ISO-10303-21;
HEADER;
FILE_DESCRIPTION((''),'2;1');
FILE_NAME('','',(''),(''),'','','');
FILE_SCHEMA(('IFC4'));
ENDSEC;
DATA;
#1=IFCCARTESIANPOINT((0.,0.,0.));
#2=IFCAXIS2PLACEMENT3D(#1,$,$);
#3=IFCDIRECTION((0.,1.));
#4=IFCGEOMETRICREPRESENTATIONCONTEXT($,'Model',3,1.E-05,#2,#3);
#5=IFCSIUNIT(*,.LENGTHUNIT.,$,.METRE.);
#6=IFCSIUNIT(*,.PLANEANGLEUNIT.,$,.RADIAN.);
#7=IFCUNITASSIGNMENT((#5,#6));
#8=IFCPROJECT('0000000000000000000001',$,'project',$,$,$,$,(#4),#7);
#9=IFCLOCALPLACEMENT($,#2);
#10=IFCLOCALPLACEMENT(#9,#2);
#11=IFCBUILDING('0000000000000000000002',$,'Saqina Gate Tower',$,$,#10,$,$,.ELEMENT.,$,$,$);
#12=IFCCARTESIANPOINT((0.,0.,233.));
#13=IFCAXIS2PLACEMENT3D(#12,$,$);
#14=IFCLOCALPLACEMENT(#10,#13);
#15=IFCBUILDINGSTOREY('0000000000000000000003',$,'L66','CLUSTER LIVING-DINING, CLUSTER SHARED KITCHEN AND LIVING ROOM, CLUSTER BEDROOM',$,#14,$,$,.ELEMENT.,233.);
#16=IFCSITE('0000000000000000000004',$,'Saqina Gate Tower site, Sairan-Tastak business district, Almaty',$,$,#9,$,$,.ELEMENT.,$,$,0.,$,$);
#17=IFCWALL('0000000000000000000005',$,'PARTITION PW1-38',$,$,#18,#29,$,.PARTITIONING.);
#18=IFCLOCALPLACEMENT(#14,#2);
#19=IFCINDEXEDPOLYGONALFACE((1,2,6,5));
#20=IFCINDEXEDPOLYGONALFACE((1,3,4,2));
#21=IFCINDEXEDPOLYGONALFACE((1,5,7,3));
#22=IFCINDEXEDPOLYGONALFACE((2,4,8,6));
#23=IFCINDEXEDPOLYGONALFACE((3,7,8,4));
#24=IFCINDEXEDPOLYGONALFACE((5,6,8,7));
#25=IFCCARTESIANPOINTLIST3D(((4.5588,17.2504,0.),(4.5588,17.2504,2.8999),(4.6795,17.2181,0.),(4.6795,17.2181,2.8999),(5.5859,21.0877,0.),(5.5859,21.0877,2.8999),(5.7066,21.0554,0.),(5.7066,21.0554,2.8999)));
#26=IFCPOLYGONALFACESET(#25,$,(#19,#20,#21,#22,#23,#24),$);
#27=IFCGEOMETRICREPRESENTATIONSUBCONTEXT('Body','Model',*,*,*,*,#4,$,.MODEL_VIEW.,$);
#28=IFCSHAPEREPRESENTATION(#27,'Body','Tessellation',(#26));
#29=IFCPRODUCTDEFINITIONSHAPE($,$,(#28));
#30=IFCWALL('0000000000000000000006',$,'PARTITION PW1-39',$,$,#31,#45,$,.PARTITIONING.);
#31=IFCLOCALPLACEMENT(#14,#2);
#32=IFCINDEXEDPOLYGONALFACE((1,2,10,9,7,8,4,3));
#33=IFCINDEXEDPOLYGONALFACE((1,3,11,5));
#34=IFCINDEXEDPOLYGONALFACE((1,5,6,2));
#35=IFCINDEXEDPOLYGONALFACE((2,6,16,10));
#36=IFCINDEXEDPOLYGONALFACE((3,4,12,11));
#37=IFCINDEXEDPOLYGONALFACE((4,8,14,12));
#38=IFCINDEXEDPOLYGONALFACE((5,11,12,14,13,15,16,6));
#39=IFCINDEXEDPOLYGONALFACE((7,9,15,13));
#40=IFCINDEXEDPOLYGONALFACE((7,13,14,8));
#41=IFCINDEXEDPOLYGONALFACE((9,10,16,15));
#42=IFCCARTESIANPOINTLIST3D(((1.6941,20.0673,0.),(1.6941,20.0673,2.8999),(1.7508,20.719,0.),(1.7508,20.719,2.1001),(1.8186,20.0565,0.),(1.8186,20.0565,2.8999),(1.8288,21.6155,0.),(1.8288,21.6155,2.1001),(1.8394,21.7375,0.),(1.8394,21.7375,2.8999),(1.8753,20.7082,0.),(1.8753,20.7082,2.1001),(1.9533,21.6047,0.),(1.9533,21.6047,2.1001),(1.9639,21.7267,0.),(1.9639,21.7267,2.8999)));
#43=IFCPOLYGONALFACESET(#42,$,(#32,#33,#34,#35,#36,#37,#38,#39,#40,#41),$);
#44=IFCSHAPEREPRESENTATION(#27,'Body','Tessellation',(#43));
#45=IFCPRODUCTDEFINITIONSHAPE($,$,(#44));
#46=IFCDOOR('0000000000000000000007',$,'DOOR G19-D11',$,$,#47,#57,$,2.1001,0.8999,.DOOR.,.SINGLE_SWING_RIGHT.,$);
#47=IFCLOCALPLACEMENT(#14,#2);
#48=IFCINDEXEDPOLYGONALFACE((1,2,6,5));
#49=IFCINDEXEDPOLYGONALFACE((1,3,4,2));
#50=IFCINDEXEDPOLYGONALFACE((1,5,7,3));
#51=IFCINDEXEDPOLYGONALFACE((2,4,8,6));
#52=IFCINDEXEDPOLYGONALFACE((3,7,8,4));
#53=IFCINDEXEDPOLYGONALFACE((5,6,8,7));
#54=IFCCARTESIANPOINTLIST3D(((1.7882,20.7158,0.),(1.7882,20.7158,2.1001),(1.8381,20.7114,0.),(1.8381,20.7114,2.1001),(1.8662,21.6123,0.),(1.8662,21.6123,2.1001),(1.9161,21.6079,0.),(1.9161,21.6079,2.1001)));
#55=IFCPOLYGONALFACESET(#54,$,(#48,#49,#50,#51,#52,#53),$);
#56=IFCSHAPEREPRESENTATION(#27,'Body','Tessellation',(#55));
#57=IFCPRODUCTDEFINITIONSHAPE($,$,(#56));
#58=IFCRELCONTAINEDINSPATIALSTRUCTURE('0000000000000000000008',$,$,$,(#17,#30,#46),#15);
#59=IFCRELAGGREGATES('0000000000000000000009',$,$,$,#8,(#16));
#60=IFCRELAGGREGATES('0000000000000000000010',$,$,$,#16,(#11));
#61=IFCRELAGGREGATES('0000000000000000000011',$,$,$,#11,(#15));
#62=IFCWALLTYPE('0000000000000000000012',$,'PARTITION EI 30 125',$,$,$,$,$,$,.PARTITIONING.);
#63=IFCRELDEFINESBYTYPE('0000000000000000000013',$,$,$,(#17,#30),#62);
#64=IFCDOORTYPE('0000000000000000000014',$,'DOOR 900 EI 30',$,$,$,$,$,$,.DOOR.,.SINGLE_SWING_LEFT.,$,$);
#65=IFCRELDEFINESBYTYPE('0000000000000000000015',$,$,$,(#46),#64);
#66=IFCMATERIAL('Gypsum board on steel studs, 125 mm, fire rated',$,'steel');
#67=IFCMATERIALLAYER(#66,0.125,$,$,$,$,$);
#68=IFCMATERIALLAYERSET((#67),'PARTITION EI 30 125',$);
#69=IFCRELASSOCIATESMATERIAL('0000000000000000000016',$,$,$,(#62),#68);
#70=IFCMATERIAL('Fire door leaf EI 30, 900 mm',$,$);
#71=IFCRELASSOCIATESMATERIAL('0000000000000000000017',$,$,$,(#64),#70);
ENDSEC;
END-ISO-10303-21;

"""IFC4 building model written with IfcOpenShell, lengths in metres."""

from ifc_helpers import new_model, si_unit, direction, frame, frame_2d, origin, place, context, subcontext, project, spatial, rectangle, extrude, material, layer, layer_set, type_object, element, fill, save


model = new_model("IFC4")

# Units and contexts
model_context = context("Model", 3, precision=1e-05, world=origin(), true_north=direction((0.0, 1.0)))
body_context = subcontext(model_context, "Body", "Model", "MODEL_VIEW")
ifc_project = project(units=[si_unit("LENGTHUNIT", "METRE"), si_unit("PLANEANGLEUNIT", "RADIAN")], contexts=[model_context])

# Site, building, storey
site_placement = place(None, origin())
site = spatial("IfcSite", under=ifc_project, at=site_placement, Name="Saqina Gate Tower site, Sairan-Tastak business district, Almaty", CompositionType="ELEMENT", RefElevation=0.0)
building_placement = place(site_placement, origin())
building = spatial("IfcBuilding", under=site, at=building_placement, Name="Saqina Gate Tower", CompositionType="ELEMENT")
storey_placement = place(building_placement, frame((0.0, 0.0, 233.0)))
storey = spatial("IfcBuildingStorey", under=building, at=storey_placement, Name="L66", Description="CLUSTER LIVING-DINING, CLUSTER SHARED KITCHEN AND LIVING ROOM, CLUSTER BEDROOM", CompositionType="ELEMENT", Elevation=233.0)

# Wall
ifc_material_1 = material(Name="Gypsum board on steel studs, 125 mm, fire rated", Category="steel")
ifc_layer_1 = layer(ifc_material_1, 0.125)
ifc_layer_set_1 = layer_set([ifc_layer_1], Name="PARTITION EI 30 125")
wall_type_1 = type_object("IfcWallType", Name="PARTITION EI 30 125", PredefinedType="PARTITIONING", material=ifc_layer_set_1)
wall_1_placement = place(storey_placement, frame((4.6191, 17.2341, 0.0), z_axis=(0.0, 0.0, 1.0), x_axis=(0.258554, 0.965997, 0.0)))
element("IfcWall", 1, at=wall_1_placement, inside=storey, type_object=wall_type_1, Name="PARTITION PW1-38", PredefinedType="PARTITIONING", context=body_context, shape_type="SweptSolid", body=[
    extrude(rectangle(XDim=3.9724, YDim=0.125, at=frame_2d((1.9863, 0.0))), origin(), (0.0, 0.0, 1.0), 2.8999),
])

# Wall, opening, door
wall_2_placement = place(storey_placement, frame((1.7563, 20.0618, 0.0), z_axis=(0.0, 0.0, 1.0), x_axis=(0.086648, 0.996239, 0.0)))
wall_2 = element("IfcWall", 2, at=wall_2_placement, inside=storey, type_object=wall_type_1, Name="PARTITION PW1-39", PredefinedType="PARTITIONING", context=body_context, shape_type="SweptSolid", body=[
    extrude(rectangle(XDim=1.6765, YDim=0.125, at=frame_2d((0.8384, 0.0))), origin(), (0.0, 0.0, 1.0), 2.8999),
])
opening_1_placement = place(wall_2_placement, frame((0.6543, 0.0, 0.0)))
opening_1 = element("IfcOpeningElement", 3, at=opening_1_placement, cuts=wall_2, PredefinedType="OPENING", context=body_context, shape_type="SweptSolid", body=[
    extrude(rectangle(XDim=0.8999, YDim=2.1001, at=frame_2d((0.45, 1.05))), frame((0.0, 0.0745, 0.0), z_axis=(0.0, -1.0, 0.0), x_axis=(1.0, 0.0, 0.0)), (0.0, 0.0, 1.0), 0.1489),
])
ifc_material_2 = material(Name="Fire door leaf EI 30, 900 mm")
door_type_1 = type_object("IfcDoorType", Name="DOOR 900 EI 30", OperationType="SINGLE_SWING_LEFT", PredefinedType="DOOR", material=ifc_material_2)
door_1_placement = place(opening_1_placement, origin())
door_1 = element("IfcDoor", 4, at=door_1_placement, inside=storey, type_object=door_type_1, Name="DOOR G19-D11", OperationType="SINGLE_SWING_RIGHT", OverallHeight=2.1001, OverallWidth=0.8999, PredefinedType="DOOR", context=body_context, shape_type="SweptSolid", body=[
    extrude(rectangle(XDim=0.8999, YDim=2.1001, at=frame_2d((0.45, 1.05))), frame((0.0, 0.0249, 0.0), z_axis=(0.0, -1.0, 0.0), x_axis=(1.0, 0.0, 0.0)), (0.0, 0.0, 1.0), 0.05),
])
fill(opening_1, door_1)

save(model, "model.ifc")
